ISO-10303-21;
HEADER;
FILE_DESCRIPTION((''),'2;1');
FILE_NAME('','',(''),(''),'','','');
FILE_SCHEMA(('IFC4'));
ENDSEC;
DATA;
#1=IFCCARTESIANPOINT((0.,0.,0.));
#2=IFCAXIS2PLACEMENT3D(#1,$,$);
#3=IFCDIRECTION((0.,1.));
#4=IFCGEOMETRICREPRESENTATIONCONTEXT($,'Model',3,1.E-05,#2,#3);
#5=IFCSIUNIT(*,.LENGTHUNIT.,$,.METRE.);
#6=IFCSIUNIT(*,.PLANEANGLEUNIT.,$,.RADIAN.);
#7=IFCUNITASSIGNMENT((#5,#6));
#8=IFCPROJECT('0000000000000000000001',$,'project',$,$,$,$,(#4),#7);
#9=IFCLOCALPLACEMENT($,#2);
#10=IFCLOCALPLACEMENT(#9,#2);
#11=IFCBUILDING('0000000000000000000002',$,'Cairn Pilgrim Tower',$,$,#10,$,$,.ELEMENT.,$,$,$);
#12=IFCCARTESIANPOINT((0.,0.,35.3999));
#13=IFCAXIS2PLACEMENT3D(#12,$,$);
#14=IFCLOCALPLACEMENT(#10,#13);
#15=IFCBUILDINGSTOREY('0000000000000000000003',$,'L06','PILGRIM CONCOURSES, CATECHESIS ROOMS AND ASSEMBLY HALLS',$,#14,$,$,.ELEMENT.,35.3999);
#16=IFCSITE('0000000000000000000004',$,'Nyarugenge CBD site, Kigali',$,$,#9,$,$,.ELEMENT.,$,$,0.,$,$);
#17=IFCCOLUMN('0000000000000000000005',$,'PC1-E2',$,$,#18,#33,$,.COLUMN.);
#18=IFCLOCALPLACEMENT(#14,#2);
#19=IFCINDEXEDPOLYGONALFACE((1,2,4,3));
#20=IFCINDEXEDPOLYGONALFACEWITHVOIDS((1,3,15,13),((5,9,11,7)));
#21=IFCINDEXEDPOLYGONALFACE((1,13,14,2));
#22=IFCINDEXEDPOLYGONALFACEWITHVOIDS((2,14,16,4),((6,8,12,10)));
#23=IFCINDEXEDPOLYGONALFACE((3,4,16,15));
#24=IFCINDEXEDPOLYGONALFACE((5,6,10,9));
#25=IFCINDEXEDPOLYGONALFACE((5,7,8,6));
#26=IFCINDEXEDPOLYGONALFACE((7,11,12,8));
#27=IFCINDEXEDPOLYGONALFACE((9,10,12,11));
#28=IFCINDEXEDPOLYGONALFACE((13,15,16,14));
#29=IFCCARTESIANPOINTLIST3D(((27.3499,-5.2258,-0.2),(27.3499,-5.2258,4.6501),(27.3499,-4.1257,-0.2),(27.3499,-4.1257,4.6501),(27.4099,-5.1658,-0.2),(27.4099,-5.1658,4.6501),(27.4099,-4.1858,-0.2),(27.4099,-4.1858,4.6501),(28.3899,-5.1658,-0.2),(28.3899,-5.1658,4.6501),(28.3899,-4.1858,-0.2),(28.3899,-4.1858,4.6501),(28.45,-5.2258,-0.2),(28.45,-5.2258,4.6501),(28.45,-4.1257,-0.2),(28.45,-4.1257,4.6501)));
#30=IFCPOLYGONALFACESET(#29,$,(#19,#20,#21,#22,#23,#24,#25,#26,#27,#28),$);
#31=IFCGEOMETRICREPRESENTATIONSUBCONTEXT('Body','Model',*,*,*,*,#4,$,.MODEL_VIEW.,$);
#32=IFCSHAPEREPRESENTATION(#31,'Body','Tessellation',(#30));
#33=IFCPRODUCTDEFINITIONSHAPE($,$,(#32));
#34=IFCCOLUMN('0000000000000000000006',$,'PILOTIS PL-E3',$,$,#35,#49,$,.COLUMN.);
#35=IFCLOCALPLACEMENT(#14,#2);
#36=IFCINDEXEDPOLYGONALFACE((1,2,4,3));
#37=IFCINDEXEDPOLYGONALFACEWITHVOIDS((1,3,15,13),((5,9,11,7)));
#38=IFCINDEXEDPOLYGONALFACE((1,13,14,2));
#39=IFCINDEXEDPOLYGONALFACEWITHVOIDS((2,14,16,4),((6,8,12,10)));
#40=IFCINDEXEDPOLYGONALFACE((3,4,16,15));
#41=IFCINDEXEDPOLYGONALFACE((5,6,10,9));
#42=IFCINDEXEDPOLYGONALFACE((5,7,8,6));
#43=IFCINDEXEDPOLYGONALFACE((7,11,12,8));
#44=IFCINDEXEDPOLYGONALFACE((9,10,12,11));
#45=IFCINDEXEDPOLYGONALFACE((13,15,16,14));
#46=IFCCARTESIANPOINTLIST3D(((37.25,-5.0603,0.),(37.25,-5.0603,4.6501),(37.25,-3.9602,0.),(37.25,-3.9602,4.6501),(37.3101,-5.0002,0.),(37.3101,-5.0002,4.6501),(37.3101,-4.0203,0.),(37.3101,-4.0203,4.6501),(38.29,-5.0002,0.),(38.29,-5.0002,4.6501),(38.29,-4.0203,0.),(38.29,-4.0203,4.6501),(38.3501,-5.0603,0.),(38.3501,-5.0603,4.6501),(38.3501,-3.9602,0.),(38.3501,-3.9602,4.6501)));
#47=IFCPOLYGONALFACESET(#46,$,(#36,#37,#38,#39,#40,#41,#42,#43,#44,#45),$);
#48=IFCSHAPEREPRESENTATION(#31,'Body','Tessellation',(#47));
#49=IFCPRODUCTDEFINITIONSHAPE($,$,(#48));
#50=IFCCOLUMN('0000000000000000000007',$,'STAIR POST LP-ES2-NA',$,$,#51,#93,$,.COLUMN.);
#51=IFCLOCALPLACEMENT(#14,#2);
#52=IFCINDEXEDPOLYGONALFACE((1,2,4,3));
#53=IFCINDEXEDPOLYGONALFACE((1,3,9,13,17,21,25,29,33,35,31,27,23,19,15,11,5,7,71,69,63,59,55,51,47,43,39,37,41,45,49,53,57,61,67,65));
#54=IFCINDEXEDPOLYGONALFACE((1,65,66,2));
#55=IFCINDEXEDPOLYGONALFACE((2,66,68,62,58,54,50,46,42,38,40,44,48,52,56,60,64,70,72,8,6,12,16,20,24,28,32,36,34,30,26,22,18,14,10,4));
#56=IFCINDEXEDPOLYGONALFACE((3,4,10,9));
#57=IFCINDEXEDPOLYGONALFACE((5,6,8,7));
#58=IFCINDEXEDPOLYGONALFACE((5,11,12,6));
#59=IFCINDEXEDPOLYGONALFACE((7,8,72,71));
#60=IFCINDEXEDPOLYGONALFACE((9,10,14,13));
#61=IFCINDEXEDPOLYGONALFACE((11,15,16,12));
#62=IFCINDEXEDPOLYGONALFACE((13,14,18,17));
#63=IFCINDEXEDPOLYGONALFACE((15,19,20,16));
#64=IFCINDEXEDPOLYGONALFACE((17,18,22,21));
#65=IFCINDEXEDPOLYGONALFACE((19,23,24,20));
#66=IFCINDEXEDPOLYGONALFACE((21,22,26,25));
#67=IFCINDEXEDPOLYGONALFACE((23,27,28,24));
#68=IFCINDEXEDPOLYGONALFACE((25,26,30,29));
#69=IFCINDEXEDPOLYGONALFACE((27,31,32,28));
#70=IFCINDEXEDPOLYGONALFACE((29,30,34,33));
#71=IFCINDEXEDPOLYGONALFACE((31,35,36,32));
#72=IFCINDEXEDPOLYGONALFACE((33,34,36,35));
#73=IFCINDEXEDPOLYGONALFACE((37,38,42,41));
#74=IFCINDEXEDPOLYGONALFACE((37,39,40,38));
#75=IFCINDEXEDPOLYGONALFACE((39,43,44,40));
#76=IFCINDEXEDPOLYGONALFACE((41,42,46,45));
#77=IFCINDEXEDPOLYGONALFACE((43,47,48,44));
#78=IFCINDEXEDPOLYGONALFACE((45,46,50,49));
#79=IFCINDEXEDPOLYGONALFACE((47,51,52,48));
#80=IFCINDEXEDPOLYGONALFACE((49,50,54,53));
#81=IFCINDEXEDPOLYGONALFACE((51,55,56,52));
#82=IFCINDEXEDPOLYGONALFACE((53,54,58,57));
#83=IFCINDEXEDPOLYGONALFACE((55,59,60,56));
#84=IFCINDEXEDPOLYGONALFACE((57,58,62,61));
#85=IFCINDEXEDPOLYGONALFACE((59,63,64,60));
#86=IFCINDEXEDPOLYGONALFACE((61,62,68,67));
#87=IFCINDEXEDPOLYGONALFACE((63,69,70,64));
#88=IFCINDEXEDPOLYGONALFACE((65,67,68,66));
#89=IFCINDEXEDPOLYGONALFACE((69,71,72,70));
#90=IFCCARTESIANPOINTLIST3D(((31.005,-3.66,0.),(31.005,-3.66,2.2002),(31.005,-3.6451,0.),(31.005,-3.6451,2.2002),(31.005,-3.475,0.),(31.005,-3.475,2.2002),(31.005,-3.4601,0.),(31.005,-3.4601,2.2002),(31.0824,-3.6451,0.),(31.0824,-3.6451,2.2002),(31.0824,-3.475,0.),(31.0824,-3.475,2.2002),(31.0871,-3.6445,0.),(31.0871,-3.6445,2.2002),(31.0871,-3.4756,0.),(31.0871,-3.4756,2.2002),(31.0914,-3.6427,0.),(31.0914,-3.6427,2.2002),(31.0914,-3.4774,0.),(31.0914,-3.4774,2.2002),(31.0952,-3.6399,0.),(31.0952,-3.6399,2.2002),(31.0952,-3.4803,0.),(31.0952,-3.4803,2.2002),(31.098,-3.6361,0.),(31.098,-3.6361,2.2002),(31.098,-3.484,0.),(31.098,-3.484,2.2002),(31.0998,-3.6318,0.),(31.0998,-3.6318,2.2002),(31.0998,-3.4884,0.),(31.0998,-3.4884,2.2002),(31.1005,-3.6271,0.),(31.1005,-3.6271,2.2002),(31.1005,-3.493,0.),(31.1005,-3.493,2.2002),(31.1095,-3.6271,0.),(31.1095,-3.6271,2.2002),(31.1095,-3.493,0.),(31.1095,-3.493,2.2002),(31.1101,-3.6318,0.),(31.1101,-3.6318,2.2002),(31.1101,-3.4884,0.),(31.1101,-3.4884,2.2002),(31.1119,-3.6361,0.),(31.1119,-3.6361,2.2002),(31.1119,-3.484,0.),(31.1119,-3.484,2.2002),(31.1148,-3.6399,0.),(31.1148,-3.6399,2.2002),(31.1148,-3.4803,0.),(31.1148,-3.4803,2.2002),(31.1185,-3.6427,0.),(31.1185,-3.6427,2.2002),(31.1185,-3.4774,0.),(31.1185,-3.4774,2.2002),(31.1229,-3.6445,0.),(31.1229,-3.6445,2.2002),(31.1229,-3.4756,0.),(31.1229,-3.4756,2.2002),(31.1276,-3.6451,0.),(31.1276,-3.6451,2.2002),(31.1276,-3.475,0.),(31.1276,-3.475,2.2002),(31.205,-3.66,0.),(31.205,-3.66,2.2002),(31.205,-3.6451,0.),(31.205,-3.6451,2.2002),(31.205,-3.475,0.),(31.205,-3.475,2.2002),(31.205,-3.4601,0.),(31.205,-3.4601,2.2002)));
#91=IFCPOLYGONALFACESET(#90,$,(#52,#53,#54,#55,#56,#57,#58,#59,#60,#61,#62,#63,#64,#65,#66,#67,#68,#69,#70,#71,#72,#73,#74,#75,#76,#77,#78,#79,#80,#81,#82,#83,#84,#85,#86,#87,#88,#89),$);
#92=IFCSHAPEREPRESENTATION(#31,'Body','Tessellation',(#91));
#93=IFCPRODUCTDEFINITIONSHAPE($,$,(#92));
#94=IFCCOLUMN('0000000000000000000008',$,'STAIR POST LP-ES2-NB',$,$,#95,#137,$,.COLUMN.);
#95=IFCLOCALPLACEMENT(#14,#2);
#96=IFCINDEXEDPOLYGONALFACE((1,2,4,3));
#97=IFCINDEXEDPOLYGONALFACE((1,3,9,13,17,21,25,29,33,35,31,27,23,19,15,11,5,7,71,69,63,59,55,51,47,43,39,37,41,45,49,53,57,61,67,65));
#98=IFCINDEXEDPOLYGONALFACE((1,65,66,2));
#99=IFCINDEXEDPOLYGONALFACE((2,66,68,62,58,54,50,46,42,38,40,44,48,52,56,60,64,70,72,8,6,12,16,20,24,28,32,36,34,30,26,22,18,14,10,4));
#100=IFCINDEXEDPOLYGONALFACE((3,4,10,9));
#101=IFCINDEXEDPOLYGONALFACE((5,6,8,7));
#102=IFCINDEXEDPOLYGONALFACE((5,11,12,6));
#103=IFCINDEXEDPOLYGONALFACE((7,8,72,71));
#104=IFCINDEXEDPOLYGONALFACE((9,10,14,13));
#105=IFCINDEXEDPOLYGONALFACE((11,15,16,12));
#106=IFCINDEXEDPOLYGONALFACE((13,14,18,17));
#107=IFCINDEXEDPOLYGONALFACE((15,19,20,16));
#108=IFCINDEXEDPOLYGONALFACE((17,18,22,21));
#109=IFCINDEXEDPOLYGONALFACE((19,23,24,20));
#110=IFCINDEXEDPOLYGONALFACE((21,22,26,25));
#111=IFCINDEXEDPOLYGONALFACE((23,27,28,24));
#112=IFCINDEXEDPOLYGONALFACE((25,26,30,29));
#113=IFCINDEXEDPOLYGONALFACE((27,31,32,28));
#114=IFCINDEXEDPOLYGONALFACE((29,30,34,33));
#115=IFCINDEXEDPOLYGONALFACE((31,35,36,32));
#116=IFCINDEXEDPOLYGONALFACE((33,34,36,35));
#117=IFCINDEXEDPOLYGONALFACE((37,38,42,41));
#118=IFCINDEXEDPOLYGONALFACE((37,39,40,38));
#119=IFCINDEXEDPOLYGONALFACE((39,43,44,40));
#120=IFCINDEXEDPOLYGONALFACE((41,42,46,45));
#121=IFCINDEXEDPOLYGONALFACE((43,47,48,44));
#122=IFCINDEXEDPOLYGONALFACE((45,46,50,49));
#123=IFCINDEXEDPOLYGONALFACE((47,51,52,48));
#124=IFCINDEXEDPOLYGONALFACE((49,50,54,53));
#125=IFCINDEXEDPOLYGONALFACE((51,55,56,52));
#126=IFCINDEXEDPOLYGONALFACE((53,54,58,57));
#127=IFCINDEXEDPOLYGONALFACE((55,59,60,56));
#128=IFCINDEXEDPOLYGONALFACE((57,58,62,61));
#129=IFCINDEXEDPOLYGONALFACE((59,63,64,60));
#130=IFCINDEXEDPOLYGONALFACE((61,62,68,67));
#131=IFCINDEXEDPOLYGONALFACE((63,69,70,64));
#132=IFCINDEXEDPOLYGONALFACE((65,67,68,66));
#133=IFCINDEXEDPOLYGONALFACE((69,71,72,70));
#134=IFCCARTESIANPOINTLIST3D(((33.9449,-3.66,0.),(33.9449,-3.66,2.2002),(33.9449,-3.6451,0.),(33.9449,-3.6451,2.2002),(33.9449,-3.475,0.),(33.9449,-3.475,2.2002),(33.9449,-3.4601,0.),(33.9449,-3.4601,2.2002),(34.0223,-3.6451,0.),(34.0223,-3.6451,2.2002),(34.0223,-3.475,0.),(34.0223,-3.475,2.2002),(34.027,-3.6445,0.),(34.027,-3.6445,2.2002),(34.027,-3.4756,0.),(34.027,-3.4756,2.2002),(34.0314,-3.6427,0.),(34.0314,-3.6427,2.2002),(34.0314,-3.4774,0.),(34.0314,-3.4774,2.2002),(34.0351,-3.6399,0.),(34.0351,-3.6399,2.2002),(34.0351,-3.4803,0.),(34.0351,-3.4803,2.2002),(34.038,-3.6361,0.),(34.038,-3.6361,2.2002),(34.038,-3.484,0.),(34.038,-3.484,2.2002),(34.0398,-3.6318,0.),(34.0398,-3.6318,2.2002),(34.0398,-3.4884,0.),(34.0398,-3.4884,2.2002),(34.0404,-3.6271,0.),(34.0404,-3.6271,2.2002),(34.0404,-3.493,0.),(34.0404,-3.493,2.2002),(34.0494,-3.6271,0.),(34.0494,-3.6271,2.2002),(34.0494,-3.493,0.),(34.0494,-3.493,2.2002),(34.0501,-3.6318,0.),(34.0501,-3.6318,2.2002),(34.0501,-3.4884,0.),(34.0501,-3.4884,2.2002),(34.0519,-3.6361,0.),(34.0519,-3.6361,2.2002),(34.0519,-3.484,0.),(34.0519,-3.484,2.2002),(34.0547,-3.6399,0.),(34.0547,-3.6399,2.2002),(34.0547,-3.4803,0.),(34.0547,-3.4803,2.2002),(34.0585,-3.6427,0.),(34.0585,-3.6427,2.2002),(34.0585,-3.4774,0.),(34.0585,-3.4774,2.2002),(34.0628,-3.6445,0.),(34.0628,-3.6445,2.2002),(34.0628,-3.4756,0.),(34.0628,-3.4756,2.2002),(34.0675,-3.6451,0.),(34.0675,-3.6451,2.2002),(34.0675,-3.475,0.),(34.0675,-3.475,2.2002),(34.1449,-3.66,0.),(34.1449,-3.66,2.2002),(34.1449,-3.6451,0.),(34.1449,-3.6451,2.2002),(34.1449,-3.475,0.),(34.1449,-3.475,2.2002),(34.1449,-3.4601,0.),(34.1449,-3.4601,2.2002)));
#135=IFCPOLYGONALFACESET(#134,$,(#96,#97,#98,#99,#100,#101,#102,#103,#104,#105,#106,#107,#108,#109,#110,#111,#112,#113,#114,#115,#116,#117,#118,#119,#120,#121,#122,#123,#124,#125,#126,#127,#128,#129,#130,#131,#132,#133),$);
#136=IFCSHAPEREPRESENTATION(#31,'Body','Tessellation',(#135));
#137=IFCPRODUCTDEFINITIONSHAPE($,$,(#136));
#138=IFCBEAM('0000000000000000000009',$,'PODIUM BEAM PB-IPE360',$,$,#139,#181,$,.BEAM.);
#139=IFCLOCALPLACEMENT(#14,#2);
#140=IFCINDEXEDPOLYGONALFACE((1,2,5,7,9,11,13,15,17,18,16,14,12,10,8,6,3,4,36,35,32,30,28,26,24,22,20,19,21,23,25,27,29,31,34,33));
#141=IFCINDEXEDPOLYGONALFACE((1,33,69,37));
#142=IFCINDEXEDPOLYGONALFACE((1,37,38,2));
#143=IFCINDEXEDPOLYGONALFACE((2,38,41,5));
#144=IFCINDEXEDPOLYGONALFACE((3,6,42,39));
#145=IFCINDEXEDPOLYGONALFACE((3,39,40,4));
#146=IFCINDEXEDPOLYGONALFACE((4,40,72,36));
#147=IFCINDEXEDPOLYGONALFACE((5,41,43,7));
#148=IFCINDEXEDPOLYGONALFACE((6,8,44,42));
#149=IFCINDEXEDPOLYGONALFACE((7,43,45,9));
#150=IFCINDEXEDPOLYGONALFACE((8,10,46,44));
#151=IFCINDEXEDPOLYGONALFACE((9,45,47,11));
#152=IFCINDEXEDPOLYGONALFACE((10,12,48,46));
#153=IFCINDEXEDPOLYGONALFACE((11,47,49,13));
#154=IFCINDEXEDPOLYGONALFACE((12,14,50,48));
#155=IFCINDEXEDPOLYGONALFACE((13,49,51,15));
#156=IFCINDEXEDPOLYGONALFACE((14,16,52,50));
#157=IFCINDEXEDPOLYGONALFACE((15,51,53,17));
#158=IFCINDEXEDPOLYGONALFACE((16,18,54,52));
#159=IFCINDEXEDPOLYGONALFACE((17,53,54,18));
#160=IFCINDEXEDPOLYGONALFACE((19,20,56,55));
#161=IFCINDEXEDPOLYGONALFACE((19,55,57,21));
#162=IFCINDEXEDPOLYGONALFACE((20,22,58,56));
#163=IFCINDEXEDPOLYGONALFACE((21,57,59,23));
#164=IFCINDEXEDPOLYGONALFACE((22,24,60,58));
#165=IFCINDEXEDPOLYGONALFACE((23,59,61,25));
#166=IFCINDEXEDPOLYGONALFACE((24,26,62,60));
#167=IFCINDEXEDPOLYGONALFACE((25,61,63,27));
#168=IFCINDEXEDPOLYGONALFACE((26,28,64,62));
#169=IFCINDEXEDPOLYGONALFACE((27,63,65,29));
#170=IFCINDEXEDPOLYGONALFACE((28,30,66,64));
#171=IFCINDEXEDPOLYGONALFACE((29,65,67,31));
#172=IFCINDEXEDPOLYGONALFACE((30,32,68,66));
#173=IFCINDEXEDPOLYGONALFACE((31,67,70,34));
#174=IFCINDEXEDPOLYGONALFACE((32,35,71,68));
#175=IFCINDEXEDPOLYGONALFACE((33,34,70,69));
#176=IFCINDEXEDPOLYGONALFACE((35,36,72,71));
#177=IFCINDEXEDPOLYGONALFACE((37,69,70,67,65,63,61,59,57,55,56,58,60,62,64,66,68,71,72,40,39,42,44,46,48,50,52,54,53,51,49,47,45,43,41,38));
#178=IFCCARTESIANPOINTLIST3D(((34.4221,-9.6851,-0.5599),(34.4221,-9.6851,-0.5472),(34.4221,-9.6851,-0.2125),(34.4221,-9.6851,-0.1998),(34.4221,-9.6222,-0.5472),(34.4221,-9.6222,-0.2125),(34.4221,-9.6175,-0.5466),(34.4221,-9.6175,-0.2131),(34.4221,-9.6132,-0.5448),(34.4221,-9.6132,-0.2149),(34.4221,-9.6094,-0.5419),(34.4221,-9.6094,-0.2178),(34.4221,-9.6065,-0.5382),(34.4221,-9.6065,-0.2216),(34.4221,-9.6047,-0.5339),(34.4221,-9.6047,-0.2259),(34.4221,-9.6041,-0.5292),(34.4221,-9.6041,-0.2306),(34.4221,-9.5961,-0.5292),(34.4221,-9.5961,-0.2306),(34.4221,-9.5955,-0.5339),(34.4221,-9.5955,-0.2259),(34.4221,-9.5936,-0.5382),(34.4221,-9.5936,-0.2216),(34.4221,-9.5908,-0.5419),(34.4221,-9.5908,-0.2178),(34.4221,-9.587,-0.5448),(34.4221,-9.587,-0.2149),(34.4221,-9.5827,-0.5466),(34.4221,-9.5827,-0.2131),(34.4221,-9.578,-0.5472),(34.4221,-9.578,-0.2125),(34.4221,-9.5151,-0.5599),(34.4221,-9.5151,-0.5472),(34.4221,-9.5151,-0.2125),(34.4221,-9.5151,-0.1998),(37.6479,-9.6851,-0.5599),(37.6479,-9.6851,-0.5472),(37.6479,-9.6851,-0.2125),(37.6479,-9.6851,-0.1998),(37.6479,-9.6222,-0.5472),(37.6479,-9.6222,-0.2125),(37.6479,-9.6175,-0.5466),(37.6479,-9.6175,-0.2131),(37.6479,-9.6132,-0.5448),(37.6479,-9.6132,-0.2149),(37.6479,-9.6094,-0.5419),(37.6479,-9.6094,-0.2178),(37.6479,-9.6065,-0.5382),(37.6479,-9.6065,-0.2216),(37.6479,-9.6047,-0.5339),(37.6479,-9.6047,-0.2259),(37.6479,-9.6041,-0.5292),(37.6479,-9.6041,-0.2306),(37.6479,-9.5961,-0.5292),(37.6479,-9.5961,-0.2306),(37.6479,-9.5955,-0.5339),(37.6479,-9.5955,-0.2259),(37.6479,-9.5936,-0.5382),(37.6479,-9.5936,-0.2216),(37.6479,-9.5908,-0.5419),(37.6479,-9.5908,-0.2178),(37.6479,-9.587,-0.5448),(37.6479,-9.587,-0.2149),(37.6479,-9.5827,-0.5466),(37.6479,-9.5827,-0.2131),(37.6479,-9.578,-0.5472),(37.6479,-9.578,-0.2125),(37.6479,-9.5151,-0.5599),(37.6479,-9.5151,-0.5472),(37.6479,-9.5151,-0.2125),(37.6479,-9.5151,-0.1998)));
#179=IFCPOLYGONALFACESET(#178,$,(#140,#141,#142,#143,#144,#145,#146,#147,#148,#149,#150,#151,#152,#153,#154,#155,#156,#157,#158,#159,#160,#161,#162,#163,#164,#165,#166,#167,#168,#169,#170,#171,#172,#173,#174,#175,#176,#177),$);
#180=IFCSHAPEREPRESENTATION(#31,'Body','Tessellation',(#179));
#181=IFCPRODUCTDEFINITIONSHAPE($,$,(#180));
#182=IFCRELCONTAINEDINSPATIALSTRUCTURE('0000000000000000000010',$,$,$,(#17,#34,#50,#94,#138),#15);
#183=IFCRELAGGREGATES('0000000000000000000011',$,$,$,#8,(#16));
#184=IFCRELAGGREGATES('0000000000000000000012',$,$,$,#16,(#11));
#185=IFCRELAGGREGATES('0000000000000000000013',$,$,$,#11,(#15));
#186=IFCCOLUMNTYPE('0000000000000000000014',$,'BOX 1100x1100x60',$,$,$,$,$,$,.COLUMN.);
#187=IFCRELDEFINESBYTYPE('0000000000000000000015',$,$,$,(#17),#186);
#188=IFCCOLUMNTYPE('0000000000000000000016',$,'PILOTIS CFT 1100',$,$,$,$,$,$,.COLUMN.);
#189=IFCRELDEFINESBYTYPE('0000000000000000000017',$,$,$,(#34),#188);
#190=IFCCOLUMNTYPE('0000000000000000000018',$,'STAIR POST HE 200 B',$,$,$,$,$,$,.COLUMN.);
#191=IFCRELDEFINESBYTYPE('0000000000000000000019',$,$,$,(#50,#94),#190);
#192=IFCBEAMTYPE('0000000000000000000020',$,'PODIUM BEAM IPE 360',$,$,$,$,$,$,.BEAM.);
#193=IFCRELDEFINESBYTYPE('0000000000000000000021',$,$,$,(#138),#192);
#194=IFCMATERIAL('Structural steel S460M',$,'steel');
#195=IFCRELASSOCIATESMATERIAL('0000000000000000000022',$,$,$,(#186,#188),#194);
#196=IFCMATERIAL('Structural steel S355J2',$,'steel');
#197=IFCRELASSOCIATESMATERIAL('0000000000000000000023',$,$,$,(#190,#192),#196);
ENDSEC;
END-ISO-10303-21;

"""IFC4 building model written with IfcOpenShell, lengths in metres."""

from ifc_helpers import new_model, si_unit, direction, frame, origin, origin_2d, place, context, subcontext, project, spatial, hollow_rectangle, i_section, extrude, material, material_profile, profile_set, type_object, element, save


model = new_model("IFC4")

# Units and contexts
model_context = context("Model", 3, precision=1e-05, world=origin(), true_north=direction((0.0, 1.0)))
body_context = subcontext(model_context, "Body", "Model", "MODEL_VIEW")
ifc_project = project(units=[si_unit("LENGTHUNIT", "METRE"), si_unit("PLANEANGLEUNIT", "RADIAN")], contexts=[model_context])

# Site, building, storey
site_placement = place(None, origin())
site = spatial("IfcSite", under=ifc_project, at=site_placement, Name="Nyarugenge CBD site, Kigali", CompositionType="ELEMENT", RefElevation=0.0)
building_placement = place(site_placement, origin())
building = spatial("IfcBuilding", under=site, at=building_placement, Name="Cairn Pilgrim Tower", CompositionType="ELEMENT")
storey_placement = place(building_placement, frame((0.0, 0.0, 35.3999)))
storey = spatial("IfcBuildingStorey", under=building, at=storey_placement, Name="L06", Description="PILGRIM CONCOURSES, CATECHESIS ROOMS AND ASSEMBLY HALLS", CompositionType="ELEMENT", Elevation=35.3999)

# Columns
ifc_material_1 = material(Name="Structural steel S460M", Category="steel")
ifc_material_profile_1 = material_profile(ifc_material_1, hollow_rectangle(XDim=1.1001, YDim=1.1001, WallThickness=0.0601, at=origin_2d()), Name="BOX 1100x1100x60")
ifc_profile_set_1 = profile_set([ifc_material_profile_1], Name="Structural steel S460M")
column_type_1 = type_object("IfcColumnType", Name="BOX 1100x1100x60", PredefinedType="COLUMN", material=ifc_profile_set_1)
column_1_placement = place(storey_placement, frame((27.8999, -4.6758, -0.2), z_axis=(0.0, 0.0, 1.0), x_axis=(1.0, 0.0, 0.0)))
element("IfcColumn", 1, at=column_1_placement, inside=storey, type_object=column_type_1, Name="PC1-E2", PredefinedType="COLUMN", context=body_context, shape_type="SweptSolid", body=[
    extrude(hollow_rectangle(XDim=1.1001, YDim=1.1001, WallThickness=0.0601, at=origin_2d()), origin(), (0.0, 0.0, 1.0), 4.8501),
])
ifc_material_profile_2 = material_profile(ifc_material_1, hollow_rectangle(XDim=1.1001, YDim=1.1001, WallThickness=0.0601, at=origin_2d()), Name="BOX 1100x1100x60")
ifc_profile_set_2 = profile_set([ifc_material_profile_2], Name="Structural steel S460M")
column_type_2 = type_object("IfcColumnType", Name="PILOTIS CFT 1100", PredefinedType="COLUMN", material=ifc_profile_set_2)
column_2_placement = place(storey_placement, frame((37.8, -4.5103, 0.0), z_axis=(0.0, 0.0, 1.0), x_axis=(1.0, 0.0, 0.0)))
element("IfcColumn", 2, at=column_2_placement, inside=storey, type_object=column_type_2, Name="PILOTIS PL-E3", PredefinedType="COLUMN", context=body_context, shape_type="SweptSolid", body=[
    extrude(hollow_rectangle(XDim=1.1001, YDim=1.1001, WallThickness=0.0601, at=origin_2d()), origin(), (0.0, 0.0, 1.0), 4.6501),
])
ifc_material_2 = material(Name="Structural steel S355J2", Category="steel")
ifc_material_profile_3 = material_profile(ifc_material_2, i_section(OverallWidth=0.2, OverallDepth=0.2, WebThickness=0.009, FlangeThickness=0.0149, FilletRadius=0.0181, at=origin_2d()), Name="HE 200 B")
ifc_profile_set_3 = profile_set([ifc_material_profile_3], Name="Structural steel S355J2")
column_type_3 = type_object("IfcColumnType", Name="STAIR POST HE 200 B", PredefinedType="COLUMN", material=ifc_profile_set_3)
for number, where, z_axis, x_axis, name in (
    (3, (31.105, -3.5601, 0.0), (0.0, 0.0, 1.0), (1.0, 0.0, 0.0), "STAIR POST LP-ES2-NA"),
    (4, (34.0449, -3.5601, 0.0), (0.0, 0.0, 1.0), (1.0, 0.0, 0.0), "STAIR POST LP-ES2-NB"),
):
    element("IfcColumn", number, at=place(storey_placement, frame(where, z_axis=z_axis, x_axis=x_axis)), inside=storey, type_object=column_type_3, Name=name, PredefinedType="COLUMN", context=body_context, shape_type="SweptSolid", body=[
        extrude(i_section(OverallWidth=0.2, OverallDepth=0.2, WebThickness=0.009, FlangeThickness=0.0149, FilletRadius=0.0181, at=origin_2d()), origin(), (0.0, 0.0, 1.0), 2.2002),
    ])

# Beam
ifc_material_profile_4 = material_profile(ifc_material_2, i_section(OverallWidth=0.1699, OverallDepth=0.3601, WebThickness=0.0081, FlangeThickness=0.0127, FilletRadius=0.0181, at=origin_2d()), Name="IPE 360")
ifc_profile_set_4 = profile_set([ifc_material_profile_4], Name="Structural steel S355J2")
beam_type_1 = type_object("IfcBeamType", Name="PODIUM BEAM IPE 360", PredefinedType="BEAM", material=ifc_profile_set_4)
beam_1_placement = place(storey_placement, frame((34.4221, -9.6001, -0.3799), z_axis=(1.0, 0.0, 0.0), x_axis=(0.0, 1.0, 0.0)))
element("IfcBeam", 5, at=beam_1_placement, inside=storey, type_object=beam_type_1, Name="PODIUM BEAM PB-IPE360", PredefinedType="BEAM", context=body_context, shape_type="SweptSolid", body=[
    extrude(i_section(OverallWidth=0.1699, OverallDepth=0.3601, WebThickness=0.0081, FlangeThickness=0.0127, FilletRadius=0.0181, at=origin_2d()), origin(), (0.0, 0.0, 1.0), 3.2258),
])

save(model, "model.ifc")
